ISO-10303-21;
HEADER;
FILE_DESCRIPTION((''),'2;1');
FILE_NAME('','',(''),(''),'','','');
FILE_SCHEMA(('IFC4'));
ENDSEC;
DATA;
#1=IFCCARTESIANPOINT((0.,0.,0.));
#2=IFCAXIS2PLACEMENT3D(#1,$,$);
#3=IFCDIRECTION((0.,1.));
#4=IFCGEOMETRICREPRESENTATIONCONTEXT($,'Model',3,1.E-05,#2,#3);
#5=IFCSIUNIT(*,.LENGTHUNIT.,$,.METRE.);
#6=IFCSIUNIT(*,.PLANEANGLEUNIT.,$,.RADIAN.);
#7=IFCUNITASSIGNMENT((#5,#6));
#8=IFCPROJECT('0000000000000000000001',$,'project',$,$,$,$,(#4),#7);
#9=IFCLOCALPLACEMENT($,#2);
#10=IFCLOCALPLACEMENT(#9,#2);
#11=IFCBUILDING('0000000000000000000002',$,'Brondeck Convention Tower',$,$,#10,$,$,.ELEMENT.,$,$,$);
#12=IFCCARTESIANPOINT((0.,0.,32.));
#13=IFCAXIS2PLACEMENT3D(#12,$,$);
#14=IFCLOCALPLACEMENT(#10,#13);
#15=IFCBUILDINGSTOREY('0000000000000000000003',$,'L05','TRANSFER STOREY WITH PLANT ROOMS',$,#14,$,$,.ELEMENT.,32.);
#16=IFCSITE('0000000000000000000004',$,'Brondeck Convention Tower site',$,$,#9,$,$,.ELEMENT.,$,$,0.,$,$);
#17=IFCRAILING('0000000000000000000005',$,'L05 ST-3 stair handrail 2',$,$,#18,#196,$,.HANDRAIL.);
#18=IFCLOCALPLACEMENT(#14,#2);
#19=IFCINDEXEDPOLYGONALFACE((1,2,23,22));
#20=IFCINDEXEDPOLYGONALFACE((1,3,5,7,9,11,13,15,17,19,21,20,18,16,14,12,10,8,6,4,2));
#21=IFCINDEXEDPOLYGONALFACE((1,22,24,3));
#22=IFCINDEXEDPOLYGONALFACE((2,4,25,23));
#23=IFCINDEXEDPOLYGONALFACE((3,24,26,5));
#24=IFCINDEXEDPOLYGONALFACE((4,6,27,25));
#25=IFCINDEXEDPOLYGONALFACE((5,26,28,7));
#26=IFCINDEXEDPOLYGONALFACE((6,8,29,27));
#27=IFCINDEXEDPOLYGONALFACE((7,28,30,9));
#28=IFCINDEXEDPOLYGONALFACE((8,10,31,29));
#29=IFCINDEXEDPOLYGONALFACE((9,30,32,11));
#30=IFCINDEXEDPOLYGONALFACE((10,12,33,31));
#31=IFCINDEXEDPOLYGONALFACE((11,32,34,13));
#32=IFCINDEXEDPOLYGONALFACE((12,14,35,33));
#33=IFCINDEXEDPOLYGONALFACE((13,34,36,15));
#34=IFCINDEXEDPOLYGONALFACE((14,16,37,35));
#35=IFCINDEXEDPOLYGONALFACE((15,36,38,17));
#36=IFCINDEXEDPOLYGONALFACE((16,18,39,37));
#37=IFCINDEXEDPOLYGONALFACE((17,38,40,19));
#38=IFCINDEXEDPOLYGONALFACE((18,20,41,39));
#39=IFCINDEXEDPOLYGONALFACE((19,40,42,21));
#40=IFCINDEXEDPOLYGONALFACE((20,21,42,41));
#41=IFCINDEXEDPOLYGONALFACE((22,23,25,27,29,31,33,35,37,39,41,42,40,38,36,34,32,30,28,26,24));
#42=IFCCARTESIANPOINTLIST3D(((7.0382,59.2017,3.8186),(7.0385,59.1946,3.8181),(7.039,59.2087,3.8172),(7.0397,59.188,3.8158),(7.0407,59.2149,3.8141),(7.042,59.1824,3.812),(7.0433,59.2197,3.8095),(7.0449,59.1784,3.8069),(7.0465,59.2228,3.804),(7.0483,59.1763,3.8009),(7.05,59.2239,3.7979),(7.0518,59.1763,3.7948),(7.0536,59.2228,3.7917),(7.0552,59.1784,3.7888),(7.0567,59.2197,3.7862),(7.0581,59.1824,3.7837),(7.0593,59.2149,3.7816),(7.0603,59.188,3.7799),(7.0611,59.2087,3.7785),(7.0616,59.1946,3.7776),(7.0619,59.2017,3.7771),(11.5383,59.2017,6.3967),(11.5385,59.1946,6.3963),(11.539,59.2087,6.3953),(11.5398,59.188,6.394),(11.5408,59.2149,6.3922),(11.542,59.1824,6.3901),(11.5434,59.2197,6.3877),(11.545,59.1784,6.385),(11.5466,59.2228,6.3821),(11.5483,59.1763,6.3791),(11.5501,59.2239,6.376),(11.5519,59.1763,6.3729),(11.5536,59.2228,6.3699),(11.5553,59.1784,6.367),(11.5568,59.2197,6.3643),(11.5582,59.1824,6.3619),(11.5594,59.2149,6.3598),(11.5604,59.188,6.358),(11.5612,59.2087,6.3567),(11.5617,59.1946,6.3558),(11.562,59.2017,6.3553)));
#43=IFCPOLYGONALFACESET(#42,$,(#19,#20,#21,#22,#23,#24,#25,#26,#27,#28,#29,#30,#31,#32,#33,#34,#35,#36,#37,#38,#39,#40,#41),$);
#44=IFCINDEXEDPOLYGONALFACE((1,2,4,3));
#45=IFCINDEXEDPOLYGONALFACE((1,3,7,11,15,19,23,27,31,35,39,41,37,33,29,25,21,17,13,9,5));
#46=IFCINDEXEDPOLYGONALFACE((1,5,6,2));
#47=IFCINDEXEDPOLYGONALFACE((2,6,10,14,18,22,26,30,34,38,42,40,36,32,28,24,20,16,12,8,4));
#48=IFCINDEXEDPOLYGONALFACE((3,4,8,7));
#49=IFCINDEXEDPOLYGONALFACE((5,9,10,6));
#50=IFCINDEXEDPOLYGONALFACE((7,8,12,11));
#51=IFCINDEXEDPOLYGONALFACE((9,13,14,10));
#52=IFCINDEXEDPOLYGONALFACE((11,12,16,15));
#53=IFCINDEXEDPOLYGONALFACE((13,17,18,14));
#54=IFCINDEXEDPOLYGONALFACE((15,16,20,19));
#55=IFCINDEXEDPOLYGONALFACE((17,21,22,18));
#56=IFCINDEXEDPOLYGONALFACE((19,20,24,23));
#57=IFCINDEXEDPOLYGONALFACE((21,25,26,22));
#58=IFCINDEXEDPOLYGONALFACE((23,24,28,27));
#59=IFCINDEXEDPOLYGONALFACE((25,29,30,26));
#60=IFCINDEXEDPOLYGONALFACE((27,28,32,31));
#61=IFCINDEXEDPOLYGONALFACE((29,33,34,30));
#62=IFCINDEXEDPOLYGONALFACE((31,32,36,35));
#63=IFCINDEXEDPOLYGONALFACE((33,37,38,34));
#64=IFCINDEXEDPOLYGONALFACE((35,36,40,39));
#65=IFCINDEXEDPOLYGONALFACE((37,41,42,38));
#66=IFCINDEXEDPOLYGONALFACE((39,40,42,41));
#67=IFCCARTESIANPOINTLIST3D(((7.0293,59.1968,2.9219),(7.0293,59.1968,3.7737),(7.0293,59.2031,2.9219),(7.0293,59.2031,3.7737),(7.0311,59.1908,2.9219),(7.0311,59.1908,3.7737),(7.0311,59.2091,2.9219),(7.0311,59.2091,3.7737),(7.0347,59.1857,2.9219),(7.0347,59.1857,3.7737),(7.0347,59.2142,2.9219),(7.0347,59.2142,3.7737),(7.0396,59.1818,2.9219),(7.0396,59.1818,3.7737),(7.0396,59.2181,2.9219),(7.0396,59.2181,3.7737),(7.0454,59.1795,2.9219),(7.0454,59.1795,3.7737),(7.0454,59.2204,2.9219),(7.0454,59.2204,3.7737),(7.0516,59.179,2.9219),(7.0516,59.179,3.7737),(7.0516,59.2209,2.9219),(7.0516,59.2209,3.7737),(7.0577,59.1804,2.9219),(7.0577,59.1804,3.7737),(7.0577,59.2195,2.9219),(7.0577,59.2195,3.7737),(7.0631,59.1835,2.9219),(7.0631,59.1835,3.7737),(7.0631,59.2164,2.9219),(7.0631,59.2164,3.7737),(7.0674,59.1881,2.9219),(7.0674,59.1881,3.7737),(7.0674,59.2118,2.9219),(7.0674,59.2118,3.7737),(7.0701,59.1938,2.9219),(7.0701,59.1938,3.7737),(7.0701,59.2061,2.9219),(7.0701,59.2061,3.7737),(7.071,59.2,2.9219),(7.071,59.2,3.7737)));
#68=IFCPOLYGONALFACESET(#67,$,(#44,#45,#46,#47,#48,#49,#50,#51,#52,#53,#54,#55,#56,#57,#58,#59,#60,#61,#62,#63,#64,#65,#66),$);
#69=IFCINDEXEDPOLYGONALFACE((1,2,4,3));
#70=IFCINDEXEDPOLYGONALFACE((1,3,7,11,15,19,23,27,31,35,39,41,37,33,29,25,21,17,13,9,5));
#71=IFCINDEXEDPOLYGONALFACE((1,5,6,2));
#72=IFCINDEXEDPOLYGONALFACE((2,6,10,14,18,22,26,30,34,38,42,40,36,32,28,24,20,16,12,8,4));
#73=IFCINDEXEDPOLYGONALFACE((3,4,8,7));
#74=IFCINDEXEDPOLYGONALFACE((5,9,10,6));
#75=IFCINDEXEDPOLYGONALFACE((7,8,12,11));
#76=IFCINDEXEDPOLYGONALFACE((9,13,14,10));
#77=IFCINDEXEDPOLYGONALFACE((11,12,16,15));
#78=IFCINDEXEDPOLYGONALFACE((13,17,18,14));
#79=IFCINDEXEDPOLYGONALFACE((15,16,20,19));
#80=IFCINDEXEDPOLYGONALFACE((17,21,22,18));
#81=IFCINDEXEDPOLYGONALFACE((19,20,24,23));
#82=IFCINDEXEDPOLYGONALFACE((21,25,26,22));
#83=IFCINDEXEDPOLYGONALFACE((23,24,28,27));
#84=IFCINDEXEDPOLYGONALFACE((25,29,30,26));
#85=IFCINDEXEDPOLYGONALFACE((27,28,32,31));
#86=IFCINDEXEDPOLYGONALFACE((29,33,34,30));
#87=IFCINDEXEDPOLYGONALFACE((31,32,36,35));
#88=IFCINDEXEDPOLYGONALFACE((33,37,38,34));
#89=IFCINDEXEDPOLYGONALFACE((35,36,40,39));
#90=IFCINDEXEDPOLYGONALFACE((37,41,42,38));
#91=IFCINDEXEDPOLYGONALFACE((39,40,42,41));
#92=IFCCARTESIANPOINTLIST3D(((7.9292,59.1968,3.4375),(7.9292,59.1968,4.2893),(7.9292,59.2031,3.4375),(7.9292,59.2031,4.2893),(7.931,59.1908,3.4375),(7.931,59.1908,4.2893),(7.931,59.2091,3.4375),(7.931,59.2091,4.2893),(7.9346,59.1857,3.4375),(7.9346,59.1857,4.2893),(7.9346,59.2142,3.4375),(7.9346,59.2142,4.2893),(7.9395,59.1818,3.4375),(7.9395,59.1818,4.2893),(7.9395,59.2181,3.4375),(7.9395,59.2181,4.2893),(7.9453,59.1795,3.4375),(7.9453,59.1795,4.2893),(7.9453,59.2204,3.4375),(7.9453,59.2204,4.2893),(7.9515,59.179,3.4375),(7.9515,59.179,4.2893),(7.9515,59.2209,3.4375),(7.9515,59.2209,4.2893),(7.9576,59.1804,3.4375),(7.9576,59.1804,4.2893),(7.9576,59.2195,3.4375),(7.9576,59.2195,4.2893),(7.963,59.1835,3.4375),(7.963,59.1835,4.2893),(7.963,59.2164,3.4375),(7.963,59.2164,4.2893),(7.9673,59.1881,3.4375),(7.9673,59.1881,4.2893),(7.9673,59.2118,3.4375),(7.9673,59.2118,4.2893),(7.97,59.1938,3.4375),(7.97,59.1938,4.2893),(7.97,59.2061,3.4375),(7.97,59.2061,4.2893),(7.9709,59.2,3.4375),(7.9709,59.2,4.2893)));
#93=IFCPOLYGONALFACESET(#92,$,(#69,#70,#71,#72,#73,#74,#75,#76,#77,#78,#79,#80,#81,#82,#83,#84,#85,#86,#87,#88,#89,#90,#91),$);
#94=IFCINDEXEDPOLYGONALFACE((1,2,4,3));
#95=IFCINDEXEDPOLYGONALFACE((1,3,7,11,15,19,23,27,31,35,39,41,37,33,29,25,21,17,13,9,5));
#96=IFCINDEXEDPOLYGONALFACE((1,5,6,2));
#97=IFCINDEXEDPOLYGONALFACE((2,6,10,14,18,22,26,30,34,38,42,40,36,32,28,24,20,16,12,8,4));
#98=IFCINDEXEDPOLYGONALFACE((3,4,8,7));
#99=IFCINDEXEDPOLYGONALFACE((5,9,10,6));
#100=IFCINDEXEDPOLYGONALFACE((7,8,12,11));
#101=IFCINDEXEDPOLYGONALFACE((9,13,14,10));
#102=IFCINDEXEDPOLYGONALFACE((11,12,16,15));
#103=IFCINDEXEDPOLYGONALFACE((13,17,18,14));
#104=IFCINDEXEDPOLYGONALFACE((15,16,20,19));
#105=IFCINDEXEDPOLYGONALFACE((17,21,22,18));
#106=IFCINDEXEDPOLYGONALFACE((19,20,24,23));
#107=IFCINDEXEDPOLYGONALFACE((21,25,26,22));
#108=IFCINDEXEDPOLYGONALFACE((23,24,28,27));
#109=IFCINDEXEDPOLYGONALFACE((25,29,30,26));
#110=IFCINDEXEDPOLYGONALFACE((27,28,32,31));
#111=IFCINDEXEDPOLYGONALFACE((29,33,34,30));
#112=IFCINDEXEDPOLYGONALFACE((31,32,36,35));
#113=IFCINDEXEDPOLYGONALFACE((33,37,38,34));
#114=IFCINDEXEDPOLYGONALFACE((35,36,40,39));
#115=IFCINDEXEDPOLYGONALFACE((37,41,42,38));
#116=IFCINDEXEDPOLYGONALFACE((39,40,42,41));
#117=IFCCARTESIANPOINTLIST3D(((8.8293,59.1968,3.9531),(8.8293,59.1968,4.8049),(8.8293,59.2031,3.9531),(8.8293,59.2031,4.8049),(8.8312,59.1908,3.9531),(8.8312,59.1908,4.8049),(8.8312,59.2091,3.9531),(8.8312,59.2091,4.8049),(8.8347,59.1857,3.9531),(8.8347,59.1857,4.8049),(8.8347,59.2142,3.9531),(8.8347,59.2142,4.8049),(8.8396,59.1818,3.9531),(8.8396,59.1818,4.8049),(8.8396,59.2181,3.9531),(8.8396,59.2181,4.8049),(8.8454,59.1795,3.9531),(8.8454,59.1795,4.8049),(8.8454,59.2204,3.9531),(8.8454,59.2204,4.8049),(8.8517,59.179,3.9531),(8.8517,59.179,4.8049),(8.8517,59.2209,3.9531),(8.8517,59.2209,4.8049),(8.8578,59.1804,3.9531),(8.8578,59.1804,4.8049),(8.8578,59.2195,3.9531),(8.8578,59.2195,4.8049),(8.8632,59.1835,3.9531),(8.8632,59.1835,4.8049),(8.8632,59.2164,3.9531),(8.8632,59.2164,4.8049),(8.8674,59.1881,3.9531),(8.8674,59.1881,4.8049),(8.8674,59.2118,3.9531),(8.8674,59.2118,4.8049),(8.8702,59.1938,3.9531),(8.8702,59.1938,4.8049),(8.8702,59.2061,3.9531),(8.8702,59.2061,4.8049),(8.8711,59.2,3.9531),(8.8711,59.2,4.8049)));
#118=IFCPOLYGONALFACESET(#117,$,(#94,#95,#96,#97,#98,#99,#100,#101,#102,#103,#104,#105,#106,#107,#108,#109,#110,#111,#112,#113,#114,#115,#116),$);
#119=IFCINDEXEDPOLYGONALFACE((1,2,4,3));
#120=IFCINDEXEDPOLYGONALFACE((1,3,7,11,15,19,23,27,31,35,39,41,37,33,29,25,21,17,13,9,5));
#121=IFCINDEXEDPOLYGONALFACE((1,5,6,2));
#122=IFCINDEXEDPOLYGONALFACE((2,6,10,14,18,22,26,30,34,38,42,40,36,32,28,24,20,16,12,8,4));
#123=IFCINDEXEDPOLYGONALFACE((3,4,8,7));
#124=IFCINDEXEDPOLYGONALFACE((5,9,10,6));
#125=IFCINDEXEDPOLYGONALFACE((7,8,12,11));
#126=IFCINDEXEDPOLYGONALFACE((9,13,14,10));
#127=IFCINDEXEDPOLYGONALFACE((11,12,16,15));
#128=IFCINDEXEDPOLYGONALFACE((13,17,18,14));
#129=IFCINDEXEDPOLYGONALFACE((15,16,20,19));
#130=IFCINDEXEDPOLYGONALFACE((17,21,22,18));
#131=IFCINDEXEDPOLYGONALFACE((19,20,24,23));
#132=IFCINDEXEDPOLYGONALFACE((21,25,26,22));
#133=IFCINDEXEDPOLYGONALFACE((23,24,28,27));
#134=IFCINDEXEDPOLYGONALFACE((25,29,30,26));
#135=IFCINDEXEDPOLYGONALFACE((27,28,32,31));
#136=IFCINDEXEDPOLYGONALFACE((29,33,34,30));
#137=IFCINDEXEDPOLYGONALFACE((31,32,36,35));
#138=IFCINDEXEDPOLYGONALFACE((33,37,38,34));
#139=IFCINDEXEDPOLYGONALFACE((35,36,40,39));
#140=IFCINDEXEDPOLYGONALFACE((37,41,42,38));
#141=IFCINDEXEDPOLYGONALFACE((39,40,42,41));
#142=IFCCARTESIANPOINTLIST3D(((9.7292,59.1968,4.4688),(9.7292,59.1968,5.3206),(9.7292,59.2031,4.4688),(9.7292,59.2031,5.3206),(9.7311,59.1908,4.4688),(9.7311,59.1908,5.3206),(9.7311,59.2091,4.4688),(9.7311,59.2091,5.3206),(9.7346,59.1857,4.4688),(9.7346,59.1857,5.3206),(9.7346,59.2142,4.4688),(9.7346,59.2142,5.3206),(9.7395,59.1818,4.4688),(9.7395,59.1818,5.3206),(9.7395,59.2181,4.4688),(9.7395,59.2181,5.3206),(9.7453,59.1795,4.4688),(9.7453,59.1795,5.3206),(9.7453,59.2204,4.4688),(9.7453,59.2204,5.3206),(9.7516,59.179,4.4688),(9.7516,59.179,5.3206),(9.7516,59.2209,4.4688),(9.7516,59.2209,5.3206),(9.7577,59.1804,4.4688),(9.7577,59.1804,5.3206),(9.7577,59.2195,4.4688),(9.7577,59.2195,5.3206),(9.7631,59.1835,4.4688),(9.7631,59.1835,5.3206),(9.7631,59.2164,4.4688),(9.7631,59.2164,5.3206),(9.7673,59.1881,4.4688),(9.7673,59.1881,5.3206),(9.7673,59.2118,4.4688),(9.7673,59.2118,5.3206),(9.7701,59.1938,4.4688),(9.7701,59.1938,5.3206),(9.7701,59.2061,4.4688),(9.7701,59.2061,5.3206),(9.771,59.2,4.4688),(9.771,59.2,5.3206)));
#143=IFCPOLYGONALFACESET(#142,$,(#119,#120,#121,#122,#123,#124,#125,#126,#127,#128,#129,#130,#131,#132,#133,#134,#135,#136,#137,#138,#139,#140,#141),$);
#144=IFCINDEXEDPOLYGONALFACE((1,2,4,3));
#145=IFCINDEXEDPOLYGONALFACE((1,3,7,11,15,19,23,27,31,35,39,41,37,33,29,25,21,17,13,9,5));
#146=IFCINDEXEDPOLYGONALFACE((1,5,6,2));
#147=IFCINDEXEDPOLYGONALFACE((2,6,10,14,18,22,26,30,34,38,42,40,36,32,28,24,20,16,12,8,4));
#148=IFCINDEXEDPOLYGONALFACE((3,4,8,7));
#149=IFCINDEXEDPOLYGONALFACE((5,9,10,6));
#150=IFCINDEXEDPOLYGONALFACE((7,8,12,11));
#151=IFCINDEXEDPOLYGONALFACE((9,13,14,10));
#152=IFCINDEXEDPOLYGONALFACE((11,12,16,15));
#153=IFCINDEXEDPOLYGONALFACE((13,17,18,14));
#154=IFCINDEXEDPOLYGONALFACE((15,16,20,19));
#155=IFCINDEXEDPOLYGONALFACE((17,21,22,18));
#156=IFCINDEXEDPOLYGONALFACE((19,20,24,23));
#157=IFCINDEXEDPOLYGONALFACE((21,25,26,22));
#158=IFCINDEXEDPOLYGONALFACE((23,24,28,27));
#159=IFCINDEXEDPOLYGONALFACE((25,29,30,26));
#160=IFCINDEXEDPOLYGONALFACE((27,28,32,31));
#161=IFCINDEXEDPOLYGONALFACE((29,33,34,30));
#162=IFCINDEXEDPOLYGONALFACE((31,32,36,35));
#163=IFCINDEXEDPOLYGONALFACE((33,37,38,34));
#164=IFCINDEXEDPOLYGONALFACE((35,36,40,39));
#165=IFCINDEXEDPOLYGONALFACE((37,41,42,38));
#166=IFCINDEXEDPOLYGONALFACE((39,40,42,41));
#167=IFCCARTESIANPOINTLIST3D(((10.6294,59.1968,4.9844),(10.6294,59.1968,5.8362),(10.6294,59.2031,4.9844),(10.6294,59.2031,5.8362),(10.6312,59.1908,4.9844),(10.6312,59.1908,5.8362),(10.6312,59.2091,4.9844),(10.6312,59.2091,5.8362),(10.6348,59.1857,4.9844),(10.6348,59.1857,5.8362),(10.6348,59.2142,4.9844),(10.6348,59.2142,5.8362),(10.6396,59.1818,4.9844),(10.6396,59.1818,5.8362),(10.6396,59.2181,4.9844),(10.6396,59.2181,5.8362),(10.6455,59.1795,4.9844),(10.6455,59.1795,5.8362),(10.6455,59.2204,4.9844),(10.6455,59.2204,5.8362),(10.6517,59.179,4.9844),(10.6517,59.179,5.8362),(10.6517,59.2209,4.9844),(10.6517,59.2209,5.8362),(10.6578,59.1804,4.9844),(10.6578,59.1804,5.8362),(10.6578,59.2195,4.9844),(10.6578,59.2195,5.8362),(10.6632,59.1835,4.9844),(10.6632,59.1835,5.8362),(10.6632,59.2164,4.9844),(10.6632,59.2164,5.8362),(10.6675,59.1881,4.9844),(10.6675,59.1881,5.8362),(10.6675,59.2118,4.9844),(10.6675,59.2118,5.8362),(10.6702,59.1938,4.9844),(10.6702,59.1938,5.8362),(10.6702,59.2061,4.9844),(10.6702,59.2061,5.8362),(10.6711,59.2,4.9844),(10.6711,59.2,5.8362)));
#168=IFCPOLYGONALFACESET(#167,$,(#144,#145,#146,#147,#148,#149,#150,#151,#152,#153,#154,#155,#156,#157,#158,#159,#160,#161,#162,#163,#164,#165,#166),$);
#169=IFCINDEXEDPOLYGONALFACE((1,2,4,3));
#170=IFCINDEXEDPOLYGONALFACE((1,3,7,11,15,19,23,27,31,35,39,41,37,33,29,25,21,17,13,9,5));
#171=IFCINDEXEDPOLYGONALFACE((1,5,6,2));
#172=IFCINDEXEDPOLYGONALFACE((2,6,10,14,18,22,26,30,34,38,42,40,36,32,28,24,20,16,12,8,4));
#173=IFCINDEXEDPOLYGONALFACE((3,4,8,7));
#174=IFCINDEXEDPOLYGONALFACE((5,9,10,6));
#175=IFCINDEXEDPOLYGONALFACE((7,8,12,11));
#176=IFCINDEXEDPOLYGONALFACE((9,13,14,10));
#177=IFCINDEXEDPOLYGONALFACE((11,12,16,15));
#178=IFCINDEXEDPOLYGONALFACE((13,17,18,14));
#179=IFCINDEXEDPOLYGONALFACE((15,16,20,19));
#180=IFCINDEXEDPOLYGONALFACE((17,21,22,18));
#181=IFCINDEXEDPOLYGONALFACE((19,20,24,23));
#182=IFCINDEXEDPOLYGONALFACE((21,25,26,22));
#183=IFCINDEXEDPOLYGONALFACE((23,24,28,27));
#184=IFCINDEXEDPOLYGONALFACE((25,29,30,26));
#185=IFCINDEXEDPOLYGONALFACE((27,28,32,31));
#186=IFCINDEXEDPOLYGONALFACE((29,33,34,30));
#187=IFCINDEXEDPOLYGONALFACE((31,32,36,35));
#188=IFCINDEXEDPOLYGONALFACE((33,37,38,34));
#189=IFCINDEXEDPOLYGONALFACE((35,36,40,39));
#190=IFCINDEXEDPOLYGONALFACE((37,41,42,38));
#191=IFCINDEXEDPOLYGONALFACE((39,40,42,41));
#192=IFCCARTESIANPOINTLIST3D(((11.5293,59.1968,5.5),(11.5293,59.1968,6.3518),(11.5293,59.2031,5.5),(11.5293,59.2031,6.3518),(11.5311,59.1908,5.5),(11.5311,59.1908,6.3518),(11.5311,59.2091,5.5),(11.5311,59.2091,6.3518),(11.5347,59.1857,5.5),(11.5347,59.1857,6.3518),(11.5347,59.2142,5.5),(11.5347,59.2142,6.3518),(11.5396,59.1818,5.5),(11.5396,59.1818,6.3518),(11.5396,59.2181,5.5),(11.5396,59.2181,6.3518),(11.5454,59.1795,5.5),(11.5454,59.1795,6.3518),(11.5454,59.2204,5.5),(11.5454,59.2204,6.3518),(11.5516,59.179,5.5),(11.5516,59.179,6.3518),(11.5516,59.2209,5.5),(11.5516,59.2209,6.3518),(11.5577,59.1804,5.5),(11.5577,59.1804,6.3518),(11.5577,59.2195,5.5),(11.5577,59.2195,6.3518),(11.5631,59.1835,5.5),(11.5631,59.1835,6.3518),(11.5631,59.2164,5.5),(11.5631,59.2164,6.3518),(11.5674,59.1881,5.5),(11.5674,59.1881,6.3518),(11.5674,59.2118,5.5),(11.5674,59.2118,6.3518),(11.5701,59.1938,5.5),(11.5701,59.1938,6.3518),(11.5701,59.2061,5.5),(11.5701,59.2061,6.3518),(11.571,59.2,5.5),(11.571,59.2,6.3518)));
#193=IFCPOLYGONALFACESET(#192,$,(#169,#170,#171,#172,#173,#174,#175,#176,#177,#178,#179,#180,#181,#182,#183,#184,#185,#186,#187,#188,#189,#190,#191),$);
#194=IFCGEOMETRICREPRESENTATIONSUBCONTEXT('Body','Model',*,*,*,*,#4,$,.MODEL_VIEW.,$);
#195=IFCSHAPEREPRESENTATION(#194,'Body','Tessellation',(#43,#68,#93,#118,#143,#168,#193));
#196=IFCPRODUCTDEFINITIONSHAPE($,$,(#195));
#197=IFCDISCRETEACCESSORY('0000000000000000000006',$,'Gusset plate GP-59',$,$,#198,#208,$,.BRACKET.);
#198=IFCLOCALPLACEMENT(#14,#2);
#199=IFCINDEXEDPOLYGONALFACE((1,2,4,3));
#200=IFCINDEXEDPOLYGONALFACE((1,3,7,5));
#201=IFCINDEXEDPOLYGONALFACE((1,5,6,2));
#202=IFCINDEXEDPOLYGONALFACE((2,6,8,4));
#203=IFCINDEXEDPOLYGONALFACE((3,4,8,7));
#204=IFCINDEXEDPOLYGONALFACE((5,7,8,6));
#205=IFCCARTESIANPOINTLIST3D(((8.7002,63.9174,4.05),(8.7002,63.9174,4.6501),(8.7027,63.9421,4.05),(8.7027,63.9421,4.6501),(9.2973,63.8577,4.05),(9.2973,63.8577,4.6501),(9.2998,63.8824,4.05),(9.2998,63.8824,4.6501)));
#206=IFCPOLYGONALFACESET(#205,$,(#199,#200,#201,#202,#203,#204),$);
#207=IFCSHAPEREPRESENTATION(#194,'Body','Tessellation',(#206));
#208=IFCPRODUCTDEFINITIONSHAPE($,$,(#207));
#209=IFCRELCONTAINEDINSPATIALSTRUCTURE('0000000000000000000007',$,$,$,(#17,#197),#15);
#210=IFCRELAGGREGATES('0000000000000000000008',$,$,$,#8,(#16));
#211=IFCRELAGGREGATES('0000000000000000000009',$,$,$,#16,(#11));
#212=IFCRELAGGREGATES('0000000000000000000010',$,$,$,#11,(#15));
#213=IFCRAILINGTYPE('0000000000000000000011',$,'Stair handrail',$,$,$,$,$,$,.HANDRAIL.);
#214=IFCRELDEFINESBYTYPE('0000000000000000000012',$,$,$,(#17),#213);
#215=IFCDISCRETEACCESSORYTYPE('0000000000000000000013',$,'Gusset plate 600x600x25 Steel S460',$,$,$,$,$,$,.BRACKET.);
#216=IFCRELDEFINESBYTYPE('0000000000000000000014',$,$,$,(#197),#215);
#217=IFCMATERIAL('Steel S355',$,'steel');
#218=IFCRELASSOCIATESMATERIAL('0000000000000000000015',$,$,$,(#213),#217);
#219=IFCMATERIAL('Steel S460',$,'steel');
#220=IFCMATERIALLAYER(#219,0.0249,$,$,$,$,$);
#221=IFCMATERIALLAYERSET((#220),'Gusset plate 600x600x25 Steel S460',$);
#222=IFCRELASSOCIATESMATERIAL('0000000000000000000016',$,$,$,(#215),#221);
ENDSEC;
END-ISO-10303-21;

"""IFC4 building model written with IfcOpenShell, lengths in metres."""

from ifc_helpers import new_model, si_unit, direction, frame, origin, origin_2d, place, context, subcontext, project, spatial, rectangle, circle, extrude, material, layer, layer_set, type_object, element, save


model = new_model("IFC4")

# Units and contexts
model_context = context("Model", 3, precision=1e-05, world=origin(), true_north=direction((0.0, 1.0)))
body_context = subcontext(model_context, "Body", "Model", "MODEL_VIEW")
ifc_project = project(units=[si_unit("LENGTHUNIT", "METRE"), si_unit("PLANEANGLEUNIT", "RADIAN")], contexts=[model_context])

# Site, building, storey
site_placement = place(None, origin())
site = spatial("IfcSite", under=ifc_project, at=site_placement, Name="Brondeck Convention Tower site", CompositionType="ELEMENT", RefElevation=0.0)
building_placement = place(site_placement, origin())
building = spatial("IfcBuilding", under=site, at=building_placement, Name="Brondeck Convention Tower", CompositionType="ELEMENT")
storey_placement = place(building_placement, frame((0.0, 0.0, 32.0)))
storey = spatial("IfcBuildingStorey", under=building, at=storey_placement, Name="L05", Description="TRANSFER STOREY WITH PLANT ROOMS", CompositionType="ELEMENT", Elevation=32.0)

# Shared definitions
ifc_material_1 = material(Name="Steel S460", Category="steel")

# Railing
ifc_material_2 = material(Name="Steel S355", Category="steel")
railing_type = type_object("IfcRailingType", Name="Stair handrail", PredefinedType="HANDRAIL", material=ifc_material_2)
railing_placement = place(storey_placement, frame((7.05, 59.2, 2.9219)))
element("IfcRailing", 1, at=railing_placement, inside=storey, type_object=railing_type, Name="L05 ST-3 stair handrail 2", PredefinedType="HANDRAIL", context=body_context, shape_type="SweptSolid", body=[
    extrude(circle(Radius=0.0239, at=origin_2d()), frame((0.0, 0.0, 0.876), z_axis=(0.867686, 0.0, 0.497112), x_axis=(0.0, 1.0, 0.0)), (0.0, 0.0, 1.0), 5.1863),
    extrude(circle(Radius=0.021, at=origin_2d()), origin(), (0.0, 0.0, 1.0), 0.8518),
    extrude(circle(Radius=0.021, at=origin_2d()), frame((0.8999, 0.0, 0.5156)), (0.0, 0.0, 1.0), 0.8518),
    extrude(circle(Radius=0.021, at=origin_2d()), frame((1.8, 0.0, 1.0312)), (0.0, 0.0, 1.0), 0.8518),
    extrude(circle(Radius=0.021, at=origin_2d()), frame((2.7, 0.0, 1.5469)), (0.0, 0.0, 1.0), 0.8518),
    extrude(circle(Radius=0.021, at=origin_2d()), frame((3.6001, 0.0, 2.0625)), (0.0, 0.0, 1.0), 0.8518),
    extrude(circle(Radius=0.021, at=origin_2d()), frame((4.5, 0.0, 2.5781)), (0.0, 0.0, 1.0), 0.8518),
])

# Discrete accessory
ifc_layer_1 = layer(ifc_material_1, 0.0249)
ifc_layer_set_1 = layer_set([ifc_layer_1], Name="Gusset plate 600x600x25 Steel S460")
discrete_accessory_type = type_object("IfcDiscreteAccessoryType", Name="Gusset plate 600x600x25 Steel S460", PredefinedType="BRACKET", material=ifc_layer_set_1)
for number, where, z_axis, x_axis, name in (
    (2, (9.0, 63.8999, 4.05), (0.0, 0.0, 1.0), (-0.995036, 0.099511, 0.0), "Gusset plate GP-59"),
):
    element("IfcDiscreteAccessory", number, at=place(storey_placement, frame(where, z_axis=z_axis, x_axis=x_axis)), inside=storey, type_object=discrete_accessory_type, Name=name, PredefinedType="BRACKET", context=body_context, shape_type="SweptSolid", body=[
        extrude(rectangle(XDim=0.6001, YDim=0.0249, at=origin_2d()), origin(), (0.0, 0.0, 1.0), 0.6001),
    ])

save(model, "model.ifc")
